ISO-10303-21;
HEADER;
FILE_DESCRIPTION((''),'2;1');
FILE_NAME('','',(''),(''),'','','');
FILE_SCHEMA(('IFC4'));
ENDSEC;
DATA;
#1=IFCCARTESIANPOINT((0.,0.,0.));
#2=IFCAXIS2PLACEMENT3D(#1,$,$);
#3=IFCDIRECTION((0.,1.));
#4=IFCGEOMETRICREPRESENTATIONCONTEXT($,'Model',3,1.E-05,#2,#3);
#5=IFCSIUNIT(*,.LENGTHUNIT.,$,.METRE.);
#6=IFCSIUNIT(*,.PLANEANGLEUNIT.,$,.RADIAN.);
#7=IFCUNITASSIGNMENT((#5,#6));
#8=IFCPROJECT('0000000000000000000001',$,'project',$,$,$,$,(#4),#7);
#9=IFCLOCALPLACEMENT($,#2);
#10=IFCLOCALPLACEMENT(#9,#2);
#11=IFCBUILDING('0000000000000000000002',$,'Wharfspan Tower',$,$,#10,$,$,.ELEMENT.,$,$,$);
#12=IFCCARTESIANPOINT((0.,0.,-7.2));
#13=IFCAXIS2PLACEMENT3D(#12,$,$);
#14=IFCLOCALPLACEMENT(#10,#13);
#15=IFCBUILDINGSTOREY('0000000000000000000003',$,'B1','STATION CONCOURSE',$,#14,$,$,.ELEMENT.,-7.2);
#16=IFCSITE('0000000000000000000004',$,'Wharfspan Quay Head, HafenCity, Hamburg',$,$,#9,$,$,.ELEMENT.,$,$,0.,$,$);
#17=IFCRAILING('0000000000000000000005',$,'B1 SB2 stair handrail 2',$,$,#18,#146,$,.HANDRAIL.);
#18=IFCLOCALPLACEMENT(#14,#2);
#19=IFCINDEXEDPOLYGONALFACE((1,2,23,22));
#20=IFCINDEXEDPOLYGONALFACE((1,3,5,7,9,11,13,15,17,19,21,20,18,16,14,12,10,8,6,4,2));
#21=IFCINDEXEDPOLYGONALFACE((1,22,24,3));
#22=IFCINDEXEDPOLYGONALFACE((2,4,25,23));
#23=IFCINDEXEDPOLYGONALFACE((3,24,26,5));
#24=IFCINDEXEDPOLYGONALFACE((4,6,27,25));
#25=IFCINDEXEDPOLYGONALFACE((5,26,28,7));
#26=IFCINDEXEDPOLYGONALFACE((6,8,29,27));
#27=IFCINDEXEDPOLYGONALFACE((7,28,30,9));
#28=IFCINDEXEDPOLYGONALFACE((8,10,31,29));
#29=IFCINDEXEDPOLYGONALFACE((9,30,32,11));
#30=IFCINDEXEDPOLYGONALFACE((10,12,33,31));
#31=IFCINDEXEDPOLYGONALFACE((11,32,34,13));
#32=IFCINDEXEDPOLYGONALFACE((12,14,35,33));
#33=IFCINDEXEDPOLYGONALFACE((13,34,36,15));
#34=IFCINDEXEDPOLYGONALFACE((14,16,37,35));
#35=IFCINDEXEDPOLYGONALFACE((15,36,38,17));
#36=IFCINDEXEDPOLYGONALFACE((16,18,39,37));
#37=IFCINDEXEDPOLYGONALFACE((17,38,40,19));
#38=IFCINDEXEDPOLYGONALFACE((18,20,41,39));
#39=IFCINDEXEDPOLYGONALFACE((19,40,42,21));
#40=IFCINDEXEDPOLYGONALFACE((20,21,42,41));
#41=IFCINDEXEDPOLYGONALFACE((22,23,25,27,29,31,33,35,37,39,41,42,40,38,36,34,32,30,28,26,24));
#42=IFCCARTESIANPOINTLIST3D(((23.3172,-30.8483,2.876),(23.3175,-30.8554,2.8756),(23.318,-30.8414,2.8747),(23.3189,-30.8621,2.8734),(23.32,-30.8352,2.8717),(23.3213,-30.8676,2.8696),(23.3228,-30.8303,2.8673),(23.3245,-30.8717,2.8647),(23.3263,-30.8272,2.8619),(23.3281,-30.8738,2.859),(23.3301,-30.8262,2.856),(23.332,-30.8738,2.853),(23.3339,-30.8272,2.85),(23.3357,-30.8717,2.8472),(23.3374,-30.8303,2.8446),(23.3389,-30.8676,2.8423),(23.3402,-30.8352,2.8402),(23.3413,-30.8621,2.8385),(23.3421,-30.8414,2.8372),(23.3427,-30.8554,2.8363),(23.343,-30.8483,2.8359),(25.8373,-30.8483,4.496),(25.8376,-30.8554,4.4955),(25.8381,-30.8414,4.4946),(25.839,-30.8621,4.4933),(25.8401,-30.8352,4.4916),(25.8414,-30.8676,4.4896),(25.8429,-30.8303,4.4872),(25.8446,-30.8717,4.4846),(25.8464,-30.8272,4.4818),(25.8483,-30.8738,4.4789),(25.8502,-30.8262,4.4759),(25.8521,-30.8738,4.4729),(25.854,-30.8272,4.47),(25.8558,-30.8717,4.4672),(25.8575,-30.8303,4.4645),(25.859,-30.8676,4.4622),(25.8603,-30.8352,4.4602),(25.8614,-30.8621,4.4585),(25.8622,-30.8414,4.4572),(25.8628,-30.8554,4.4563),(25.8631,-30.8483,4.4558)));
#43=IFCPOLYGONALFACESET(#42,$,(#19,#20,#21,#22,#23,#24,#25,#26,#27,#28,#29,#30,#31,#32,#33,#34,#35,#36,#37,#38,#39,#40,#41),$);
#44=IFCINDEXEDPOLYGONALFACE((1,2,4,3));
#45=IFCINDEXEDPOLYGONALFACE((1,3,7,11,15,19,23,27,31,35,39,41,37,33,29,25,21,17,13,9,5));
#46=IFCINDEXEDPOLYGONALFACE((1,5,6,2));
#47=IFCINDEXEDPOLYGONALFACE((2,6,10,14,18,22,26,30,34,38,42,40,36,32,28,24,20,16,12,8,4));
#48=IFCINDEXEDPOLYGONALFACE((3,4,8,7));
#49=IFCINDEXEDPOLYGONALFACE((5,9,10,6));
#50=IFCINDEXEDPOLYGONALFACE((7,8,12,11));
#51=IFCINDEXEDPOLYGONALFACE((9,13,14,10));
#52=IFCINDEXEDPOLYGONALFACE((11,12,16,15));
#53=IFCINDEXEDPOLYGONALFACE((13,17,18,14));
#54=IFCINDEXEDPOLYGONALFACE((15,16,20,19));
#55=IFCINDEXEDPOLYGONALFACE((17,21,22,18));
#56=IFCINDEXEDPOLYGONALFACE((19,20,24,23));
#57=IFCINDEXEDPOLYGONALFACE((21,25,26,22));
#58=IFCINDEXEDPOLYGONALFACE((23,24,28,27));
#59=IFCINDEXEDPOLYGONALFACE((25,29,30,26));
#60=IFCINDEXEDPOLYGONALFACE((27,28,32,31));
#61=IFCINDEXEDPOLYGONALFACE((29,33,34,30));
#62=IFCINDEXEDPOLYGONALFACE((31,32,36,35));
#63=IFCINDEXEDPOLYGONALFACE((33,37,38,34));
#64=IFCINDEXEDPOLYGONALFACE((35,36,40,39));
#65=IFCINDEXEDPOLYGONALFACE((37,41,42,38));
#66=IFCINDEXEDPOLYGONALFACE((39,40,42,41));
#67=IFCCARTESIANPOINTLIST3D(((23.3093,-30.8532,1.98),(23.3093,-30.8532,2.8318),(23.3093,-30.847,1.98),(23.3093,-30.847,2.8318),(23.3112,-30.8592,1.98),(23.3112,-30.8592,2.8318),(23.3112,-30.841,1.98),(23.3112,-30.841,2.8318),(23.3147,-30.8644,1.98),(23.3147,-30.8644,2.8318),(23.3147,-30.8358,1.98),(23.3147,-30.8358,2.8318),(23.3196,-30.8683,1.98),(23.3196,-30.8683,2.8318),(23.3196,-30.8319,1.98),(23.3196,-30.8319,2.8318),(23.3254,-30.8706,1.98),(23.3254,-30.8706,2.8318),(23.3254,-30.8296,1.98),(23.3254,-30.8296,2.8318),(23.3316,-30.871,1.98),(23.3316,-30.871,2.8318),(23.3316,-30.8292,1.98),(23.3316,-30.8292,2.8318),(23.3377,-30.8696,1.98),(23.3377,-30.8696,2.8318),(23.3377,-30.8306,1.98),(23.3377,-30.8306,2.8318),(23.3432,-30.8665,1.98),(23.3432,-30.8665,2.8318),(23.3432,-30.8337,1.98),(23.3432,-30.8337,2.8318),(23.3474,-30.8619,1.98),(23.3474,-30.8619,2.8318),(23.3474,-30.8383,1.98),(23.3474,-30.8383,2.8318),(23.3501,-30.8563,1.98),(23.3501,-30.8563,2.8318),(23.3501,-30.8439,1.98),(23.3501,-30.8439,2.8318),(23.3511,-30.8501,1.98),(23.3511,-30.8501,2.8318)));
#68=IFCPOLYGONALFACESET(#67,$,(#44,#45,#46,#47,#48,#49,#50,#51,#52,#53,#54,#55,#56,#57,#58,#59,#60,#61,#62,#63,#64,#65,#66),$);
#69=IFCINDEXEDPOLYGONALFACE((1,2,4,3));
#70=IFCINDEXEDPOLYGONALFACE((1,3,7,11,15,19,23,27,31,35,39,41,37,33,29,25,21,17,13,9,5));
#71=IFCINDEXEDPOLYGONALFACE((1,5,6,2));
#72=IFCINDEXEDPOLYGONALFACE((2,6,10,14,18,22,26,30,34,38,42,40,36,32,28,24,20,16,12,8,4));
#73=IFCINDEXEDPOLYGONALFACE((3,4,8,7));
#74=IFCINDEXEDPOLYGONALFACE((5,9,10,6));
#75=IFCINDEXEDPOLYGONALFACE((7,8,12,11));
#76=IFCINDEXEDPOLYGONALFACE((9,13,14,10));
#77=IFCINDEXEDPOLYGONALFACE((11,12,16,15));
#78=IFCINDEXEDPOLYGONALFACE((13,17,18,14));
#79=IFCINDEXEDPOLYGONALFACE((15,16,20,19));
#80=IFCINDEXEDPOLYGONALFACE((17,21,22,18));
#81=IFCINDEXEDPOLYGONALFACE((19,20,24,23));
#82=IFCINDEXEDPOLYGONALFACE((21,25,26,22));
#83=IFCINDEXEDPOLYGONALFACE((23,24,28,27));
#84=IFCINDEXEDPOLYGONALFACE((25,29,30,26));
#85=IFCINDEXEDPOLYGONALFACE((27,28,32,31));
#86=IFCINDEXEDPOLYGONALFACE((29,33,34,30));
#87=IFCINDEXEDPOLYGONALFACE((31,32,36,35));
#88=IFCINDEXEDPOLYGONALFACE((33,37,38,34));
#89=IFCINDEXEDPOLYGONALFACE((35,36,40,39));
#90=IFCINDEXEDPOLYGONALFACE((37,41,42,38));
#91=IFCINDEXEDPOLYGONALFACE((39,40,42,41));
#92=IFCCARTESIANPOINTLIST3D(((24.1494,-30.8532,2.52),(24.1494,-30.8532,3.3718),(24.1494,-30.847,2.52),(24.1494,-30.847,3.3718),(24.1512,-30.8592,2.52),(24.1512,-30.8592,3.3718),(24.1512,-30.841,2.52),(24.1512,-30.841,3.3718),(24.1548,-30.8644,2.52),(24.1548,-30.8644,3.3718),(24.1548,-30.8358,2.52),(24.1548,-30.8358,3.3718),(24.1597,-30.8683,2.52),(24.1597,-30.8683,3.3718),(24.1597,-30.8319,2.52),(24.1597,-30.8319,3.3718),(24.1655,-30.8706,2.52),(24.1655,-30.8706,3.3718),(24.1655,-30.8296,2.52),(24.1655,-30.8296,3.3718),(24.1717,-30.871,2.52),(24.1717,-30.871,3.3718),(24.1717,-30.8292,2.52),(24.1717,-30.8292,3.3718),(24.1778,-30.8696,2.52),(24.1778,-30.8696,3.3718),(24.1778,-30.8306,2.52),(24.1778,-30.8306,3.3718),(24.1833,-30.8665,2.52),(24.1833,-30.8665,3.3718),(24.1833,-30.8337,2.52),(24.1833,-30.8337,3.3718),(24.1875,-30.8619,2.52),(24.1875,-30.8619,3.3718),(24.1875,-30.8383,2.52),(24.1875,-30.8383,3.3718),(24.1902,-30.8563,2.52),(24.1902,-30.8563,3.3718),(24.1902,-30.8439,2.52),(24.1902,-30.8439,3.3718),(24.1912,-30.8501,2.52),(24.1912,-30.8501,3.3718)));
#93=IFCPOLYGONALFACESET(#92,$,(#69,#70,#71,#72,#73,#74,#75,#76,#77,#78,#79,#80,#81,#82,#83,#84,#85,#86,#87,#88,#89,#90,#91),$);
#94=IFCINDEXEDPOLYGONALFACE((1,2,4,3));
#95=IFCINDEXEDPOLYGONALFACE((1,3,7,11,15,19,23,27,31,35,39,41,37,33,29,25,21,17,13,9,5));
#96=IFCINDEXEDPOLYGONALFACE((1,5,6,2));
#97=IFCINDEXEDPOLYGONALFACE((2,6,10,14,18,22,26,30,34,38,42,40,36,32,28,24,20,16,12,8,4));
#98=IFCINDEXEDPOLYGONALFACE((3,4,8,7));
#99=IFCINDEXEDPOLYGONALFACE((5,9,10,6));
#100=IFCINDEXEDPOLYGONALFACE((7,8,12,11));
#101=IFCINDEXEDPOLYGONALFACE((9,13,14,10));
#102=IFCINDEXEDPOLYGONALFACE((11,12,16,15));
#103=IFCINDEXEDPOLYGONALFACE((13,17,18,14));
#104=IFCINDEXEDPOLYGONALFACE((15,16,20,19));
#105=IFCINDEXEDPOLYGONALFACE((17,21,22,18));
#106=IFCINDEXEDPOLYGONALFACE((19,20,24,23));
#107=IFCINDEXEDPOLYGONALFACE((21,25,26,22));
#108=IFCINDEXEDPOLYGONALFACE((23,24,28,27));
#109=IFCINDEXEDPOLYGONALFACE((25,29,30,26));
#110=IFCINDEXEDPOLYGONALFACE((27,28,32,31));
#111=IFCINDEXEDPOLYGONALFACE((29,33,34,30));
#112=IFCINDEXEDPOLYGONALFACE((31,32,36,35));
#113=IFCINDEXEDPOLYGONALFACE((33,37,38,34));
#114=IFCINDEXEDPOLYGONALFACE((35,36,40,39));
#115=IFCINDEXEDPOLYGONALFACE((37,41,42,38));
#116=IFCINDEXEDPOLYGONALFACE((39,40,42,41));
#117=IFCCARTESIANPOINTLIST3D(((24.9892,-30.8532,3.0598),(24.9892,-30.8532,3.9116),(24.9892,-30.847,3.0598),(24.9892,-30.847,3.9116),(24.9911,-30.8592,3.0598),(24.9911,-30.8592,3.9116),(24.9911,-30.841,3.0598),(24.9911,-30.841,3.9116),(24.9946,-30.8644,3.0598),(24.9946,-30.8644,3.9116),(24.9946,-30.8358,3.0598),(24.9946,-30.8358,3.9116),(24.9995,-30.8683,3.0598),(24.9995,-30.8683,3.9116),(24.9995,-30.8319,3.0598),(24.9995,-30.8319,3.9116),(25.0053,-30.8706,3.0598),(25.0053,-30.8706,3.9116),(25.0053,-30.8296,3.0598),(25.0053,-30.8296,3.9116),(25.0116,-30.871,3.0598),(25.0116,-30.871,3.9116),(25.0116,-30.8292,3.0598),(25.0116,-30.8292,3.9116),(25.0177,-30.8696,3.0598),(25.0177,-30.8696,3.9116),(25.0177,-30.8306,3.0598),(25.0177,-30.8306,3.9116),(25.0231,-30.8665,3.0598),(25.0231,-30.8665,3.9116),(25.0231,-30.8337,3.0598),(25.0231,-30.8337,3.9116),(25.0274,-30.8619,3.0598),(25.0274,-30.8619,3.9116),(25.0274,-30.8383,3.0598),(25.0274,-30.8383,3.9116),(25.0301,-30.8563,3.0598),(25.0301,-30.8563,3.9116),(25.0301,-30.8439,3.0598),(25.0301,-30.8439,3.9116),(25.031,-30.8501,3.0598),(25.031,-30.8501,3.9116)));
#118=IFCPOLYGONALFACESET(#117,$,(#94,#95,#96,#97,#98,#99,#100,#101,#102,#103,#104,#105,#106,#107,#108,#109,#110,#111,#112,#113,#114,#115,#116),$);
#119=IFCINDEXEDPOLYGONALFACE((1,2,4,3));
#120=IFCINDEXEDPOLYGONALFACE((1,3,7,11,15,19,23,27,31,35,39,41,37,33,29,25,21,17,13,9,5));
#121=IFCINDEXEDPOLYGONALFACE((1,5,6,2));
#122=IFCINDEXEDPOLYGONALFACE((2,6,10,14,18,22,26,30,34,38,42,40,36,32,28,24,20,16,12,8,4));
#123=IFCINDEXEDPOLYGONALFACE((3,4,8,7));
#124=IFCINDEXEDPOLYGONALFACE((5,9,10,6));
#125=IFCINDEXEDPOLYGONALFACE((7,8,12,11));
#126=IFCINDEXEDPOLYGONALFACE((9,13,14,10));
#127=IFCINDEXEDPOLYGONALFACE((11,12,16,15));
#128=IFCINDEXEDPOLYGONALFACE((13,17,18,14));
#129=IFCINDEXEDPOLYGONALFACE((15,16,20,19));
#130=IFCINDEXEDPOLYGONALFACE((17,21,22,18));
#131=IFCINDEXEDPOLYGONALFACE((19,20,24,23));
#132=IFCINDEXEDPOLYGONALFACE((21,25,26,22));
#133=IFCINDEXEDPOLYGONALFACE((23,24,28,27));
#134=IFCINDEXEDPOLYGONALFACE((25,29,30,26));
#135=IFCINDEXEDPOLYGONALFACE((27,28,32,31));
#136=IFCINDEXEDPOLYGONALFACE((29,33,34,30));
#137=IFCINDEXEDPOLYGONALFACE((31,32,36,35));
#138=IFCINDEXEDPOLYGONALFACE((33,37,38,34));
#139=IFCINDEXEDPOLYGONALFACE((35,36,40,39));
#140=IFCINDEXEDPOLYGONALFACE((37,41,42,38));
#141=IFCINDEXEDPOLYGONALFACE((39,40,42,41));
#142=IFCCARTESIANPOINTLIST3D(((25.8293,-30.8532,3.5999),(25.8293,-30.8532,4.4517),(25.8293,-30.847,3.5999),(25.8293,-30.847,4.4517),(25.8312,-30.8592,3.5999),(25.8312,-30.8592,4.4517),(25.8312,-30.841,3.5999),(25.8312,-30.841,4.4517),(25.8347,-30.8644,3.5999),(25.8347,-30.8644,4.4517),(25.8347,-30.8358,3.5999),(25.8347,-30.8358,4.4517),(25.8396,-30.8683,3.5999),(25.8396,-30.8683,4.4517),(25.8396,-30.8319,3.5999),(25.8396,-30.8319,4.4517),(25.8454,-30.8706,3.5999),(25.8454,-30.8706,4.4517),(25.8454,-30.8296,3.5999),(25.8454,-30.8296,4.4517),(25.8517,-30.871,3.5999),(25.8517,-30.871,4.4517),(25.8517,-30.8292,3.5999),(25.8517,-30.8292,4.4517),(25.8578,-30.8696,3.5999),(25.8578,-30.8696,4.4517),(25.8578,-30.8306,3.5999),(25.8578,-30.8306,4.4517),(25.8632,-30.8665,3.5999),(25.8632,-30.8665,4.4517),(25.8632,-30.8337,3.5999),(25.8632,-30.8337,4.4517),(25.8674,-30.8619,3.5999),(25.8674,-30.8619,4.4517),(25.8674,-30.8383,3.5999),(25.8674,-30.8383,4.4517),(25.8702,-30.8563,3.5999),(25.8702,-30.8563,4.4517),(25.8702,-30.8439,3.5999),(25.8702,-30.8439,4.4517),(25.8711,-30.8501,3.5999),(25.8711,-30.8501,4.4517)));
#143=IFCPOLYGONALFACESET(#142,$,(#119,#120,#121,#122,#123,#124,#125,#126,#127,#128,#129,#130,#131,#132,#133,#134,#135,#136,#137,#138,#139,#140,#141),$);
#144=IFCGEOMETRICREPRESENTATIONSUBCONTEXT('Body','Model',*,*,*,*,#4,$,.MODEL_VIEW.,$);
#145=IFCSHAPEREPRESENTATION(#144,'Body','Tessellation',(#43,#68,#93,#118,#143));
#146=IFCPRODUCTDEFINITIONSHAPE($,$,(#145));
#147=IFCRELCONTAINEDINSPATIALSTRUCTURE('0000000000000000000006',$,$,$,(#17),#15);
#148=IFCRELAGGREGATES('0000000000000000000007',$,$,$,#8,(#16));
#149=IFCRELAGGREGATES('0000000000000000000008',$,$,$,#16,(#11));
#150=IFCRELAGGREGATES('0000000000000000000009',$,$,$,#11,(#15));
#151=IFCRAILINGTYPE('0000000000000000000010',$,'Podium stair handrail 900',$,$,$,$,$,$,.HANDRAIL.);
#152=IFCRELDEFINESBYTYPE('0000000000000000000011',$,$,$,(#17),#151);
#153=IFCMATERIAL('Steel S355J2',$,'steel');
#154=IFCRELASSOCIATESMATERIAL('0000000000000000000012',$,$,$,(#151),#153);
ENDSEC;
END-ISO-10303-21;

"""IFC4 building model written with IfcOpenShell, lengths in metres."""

from ifc_helpers import new_model, si_unit, direction, frame, origin, origin_2d, place, context, subcontext, project, spatial, circle, extrude, material, type_object, element, save


model = new_model("IFC4")

# Units and contexts
model_context = context("Model", 3, precision=1e-05, world=origin(), true_north=direction((0.0, 1.0)))
body_context = subcontext(model_context, "Body", "Model", "MODEL_VIEW")
ifc_project = project(units=[si_unit("LENGTHUNIT", "METRE"), si_unit("PLANEANGLEUNIT", "RADIAN")], contexts=[model_context])

# Site, building, storey
site_placement = place(None, origin())
site = spatial("IfcSite", under=ifc_project, at=site_placement, Name="Wharfspan Quay Head, HafenCity, Hamburg", CompositionType="ELEMENT", RefElevation=0.0)
building_placement = place(site_placement, origin())
building = spatial("IfcBuilding", under=site, at=building_placement, Name="Wharfspan Tower", CompositionType="ELEMENT")
storey_placement = place(building_placement, frame((0.0, 0.0, -7.2)))
storey = spatial("IfcBuildingStorey", under=building, at=storey_placement, Name="B1", Description="STATION CONCOURSE", CompositionType="ELEMENT", Elevation=-7.2)

# Railing
ifc_material_1 = material(Name="Steel S355J2", Category="steel")
railing_type_1 = type_object("IfcRailingType", Name="Podium stair handrail 900", PredefinedType="HANDRAIL", material=ifc_material_1)
railing_1_placement = place(storey_placement, frame((23.3301, -30.8501, 1.98)))
element("IfcRailing", 1, at=railing_1_placement, inside=storey, type_object=railing_type_1, Name="B1 SB2 stair handrail 2", PredefinedType="HANDRAIL", context=body_context, shape_type="SweptSolid", body=[
    extrude(circle(Radius=0.0239, at=origin_2d()), frame((0.0, 0.0, 0.876), z_axis=(0.8412, 0.0, 0.540725), x_axis=(0.0, 1.0, 0.0)), (0.0, 0.0, 1.0), 2.9958),
    extrude(circle(Radius=0.021, at=origin_2d()), origin(), (0.0, 0.0, 1.0), 0.8518),
    extrude(circle(Radius=0.021, at=origin_2d()), frame((0.8401, 0.0, 0.54)), (0.0, 0.0, 1.0), 0.8518),
    extrude(circle(Radius=0.021, at=origin_2d()), frame((1.6799, 0.0, 1.0798)), (0.0, 0.0, 1.0), 0.8518),
    extrude(circle(Radius=0.021, at=origin_2d()), frame((2.52, 0.0, 1.6199)), (0.0, 0.0, 1.0), 0.8518),
])

save(model, "model.ifc")
